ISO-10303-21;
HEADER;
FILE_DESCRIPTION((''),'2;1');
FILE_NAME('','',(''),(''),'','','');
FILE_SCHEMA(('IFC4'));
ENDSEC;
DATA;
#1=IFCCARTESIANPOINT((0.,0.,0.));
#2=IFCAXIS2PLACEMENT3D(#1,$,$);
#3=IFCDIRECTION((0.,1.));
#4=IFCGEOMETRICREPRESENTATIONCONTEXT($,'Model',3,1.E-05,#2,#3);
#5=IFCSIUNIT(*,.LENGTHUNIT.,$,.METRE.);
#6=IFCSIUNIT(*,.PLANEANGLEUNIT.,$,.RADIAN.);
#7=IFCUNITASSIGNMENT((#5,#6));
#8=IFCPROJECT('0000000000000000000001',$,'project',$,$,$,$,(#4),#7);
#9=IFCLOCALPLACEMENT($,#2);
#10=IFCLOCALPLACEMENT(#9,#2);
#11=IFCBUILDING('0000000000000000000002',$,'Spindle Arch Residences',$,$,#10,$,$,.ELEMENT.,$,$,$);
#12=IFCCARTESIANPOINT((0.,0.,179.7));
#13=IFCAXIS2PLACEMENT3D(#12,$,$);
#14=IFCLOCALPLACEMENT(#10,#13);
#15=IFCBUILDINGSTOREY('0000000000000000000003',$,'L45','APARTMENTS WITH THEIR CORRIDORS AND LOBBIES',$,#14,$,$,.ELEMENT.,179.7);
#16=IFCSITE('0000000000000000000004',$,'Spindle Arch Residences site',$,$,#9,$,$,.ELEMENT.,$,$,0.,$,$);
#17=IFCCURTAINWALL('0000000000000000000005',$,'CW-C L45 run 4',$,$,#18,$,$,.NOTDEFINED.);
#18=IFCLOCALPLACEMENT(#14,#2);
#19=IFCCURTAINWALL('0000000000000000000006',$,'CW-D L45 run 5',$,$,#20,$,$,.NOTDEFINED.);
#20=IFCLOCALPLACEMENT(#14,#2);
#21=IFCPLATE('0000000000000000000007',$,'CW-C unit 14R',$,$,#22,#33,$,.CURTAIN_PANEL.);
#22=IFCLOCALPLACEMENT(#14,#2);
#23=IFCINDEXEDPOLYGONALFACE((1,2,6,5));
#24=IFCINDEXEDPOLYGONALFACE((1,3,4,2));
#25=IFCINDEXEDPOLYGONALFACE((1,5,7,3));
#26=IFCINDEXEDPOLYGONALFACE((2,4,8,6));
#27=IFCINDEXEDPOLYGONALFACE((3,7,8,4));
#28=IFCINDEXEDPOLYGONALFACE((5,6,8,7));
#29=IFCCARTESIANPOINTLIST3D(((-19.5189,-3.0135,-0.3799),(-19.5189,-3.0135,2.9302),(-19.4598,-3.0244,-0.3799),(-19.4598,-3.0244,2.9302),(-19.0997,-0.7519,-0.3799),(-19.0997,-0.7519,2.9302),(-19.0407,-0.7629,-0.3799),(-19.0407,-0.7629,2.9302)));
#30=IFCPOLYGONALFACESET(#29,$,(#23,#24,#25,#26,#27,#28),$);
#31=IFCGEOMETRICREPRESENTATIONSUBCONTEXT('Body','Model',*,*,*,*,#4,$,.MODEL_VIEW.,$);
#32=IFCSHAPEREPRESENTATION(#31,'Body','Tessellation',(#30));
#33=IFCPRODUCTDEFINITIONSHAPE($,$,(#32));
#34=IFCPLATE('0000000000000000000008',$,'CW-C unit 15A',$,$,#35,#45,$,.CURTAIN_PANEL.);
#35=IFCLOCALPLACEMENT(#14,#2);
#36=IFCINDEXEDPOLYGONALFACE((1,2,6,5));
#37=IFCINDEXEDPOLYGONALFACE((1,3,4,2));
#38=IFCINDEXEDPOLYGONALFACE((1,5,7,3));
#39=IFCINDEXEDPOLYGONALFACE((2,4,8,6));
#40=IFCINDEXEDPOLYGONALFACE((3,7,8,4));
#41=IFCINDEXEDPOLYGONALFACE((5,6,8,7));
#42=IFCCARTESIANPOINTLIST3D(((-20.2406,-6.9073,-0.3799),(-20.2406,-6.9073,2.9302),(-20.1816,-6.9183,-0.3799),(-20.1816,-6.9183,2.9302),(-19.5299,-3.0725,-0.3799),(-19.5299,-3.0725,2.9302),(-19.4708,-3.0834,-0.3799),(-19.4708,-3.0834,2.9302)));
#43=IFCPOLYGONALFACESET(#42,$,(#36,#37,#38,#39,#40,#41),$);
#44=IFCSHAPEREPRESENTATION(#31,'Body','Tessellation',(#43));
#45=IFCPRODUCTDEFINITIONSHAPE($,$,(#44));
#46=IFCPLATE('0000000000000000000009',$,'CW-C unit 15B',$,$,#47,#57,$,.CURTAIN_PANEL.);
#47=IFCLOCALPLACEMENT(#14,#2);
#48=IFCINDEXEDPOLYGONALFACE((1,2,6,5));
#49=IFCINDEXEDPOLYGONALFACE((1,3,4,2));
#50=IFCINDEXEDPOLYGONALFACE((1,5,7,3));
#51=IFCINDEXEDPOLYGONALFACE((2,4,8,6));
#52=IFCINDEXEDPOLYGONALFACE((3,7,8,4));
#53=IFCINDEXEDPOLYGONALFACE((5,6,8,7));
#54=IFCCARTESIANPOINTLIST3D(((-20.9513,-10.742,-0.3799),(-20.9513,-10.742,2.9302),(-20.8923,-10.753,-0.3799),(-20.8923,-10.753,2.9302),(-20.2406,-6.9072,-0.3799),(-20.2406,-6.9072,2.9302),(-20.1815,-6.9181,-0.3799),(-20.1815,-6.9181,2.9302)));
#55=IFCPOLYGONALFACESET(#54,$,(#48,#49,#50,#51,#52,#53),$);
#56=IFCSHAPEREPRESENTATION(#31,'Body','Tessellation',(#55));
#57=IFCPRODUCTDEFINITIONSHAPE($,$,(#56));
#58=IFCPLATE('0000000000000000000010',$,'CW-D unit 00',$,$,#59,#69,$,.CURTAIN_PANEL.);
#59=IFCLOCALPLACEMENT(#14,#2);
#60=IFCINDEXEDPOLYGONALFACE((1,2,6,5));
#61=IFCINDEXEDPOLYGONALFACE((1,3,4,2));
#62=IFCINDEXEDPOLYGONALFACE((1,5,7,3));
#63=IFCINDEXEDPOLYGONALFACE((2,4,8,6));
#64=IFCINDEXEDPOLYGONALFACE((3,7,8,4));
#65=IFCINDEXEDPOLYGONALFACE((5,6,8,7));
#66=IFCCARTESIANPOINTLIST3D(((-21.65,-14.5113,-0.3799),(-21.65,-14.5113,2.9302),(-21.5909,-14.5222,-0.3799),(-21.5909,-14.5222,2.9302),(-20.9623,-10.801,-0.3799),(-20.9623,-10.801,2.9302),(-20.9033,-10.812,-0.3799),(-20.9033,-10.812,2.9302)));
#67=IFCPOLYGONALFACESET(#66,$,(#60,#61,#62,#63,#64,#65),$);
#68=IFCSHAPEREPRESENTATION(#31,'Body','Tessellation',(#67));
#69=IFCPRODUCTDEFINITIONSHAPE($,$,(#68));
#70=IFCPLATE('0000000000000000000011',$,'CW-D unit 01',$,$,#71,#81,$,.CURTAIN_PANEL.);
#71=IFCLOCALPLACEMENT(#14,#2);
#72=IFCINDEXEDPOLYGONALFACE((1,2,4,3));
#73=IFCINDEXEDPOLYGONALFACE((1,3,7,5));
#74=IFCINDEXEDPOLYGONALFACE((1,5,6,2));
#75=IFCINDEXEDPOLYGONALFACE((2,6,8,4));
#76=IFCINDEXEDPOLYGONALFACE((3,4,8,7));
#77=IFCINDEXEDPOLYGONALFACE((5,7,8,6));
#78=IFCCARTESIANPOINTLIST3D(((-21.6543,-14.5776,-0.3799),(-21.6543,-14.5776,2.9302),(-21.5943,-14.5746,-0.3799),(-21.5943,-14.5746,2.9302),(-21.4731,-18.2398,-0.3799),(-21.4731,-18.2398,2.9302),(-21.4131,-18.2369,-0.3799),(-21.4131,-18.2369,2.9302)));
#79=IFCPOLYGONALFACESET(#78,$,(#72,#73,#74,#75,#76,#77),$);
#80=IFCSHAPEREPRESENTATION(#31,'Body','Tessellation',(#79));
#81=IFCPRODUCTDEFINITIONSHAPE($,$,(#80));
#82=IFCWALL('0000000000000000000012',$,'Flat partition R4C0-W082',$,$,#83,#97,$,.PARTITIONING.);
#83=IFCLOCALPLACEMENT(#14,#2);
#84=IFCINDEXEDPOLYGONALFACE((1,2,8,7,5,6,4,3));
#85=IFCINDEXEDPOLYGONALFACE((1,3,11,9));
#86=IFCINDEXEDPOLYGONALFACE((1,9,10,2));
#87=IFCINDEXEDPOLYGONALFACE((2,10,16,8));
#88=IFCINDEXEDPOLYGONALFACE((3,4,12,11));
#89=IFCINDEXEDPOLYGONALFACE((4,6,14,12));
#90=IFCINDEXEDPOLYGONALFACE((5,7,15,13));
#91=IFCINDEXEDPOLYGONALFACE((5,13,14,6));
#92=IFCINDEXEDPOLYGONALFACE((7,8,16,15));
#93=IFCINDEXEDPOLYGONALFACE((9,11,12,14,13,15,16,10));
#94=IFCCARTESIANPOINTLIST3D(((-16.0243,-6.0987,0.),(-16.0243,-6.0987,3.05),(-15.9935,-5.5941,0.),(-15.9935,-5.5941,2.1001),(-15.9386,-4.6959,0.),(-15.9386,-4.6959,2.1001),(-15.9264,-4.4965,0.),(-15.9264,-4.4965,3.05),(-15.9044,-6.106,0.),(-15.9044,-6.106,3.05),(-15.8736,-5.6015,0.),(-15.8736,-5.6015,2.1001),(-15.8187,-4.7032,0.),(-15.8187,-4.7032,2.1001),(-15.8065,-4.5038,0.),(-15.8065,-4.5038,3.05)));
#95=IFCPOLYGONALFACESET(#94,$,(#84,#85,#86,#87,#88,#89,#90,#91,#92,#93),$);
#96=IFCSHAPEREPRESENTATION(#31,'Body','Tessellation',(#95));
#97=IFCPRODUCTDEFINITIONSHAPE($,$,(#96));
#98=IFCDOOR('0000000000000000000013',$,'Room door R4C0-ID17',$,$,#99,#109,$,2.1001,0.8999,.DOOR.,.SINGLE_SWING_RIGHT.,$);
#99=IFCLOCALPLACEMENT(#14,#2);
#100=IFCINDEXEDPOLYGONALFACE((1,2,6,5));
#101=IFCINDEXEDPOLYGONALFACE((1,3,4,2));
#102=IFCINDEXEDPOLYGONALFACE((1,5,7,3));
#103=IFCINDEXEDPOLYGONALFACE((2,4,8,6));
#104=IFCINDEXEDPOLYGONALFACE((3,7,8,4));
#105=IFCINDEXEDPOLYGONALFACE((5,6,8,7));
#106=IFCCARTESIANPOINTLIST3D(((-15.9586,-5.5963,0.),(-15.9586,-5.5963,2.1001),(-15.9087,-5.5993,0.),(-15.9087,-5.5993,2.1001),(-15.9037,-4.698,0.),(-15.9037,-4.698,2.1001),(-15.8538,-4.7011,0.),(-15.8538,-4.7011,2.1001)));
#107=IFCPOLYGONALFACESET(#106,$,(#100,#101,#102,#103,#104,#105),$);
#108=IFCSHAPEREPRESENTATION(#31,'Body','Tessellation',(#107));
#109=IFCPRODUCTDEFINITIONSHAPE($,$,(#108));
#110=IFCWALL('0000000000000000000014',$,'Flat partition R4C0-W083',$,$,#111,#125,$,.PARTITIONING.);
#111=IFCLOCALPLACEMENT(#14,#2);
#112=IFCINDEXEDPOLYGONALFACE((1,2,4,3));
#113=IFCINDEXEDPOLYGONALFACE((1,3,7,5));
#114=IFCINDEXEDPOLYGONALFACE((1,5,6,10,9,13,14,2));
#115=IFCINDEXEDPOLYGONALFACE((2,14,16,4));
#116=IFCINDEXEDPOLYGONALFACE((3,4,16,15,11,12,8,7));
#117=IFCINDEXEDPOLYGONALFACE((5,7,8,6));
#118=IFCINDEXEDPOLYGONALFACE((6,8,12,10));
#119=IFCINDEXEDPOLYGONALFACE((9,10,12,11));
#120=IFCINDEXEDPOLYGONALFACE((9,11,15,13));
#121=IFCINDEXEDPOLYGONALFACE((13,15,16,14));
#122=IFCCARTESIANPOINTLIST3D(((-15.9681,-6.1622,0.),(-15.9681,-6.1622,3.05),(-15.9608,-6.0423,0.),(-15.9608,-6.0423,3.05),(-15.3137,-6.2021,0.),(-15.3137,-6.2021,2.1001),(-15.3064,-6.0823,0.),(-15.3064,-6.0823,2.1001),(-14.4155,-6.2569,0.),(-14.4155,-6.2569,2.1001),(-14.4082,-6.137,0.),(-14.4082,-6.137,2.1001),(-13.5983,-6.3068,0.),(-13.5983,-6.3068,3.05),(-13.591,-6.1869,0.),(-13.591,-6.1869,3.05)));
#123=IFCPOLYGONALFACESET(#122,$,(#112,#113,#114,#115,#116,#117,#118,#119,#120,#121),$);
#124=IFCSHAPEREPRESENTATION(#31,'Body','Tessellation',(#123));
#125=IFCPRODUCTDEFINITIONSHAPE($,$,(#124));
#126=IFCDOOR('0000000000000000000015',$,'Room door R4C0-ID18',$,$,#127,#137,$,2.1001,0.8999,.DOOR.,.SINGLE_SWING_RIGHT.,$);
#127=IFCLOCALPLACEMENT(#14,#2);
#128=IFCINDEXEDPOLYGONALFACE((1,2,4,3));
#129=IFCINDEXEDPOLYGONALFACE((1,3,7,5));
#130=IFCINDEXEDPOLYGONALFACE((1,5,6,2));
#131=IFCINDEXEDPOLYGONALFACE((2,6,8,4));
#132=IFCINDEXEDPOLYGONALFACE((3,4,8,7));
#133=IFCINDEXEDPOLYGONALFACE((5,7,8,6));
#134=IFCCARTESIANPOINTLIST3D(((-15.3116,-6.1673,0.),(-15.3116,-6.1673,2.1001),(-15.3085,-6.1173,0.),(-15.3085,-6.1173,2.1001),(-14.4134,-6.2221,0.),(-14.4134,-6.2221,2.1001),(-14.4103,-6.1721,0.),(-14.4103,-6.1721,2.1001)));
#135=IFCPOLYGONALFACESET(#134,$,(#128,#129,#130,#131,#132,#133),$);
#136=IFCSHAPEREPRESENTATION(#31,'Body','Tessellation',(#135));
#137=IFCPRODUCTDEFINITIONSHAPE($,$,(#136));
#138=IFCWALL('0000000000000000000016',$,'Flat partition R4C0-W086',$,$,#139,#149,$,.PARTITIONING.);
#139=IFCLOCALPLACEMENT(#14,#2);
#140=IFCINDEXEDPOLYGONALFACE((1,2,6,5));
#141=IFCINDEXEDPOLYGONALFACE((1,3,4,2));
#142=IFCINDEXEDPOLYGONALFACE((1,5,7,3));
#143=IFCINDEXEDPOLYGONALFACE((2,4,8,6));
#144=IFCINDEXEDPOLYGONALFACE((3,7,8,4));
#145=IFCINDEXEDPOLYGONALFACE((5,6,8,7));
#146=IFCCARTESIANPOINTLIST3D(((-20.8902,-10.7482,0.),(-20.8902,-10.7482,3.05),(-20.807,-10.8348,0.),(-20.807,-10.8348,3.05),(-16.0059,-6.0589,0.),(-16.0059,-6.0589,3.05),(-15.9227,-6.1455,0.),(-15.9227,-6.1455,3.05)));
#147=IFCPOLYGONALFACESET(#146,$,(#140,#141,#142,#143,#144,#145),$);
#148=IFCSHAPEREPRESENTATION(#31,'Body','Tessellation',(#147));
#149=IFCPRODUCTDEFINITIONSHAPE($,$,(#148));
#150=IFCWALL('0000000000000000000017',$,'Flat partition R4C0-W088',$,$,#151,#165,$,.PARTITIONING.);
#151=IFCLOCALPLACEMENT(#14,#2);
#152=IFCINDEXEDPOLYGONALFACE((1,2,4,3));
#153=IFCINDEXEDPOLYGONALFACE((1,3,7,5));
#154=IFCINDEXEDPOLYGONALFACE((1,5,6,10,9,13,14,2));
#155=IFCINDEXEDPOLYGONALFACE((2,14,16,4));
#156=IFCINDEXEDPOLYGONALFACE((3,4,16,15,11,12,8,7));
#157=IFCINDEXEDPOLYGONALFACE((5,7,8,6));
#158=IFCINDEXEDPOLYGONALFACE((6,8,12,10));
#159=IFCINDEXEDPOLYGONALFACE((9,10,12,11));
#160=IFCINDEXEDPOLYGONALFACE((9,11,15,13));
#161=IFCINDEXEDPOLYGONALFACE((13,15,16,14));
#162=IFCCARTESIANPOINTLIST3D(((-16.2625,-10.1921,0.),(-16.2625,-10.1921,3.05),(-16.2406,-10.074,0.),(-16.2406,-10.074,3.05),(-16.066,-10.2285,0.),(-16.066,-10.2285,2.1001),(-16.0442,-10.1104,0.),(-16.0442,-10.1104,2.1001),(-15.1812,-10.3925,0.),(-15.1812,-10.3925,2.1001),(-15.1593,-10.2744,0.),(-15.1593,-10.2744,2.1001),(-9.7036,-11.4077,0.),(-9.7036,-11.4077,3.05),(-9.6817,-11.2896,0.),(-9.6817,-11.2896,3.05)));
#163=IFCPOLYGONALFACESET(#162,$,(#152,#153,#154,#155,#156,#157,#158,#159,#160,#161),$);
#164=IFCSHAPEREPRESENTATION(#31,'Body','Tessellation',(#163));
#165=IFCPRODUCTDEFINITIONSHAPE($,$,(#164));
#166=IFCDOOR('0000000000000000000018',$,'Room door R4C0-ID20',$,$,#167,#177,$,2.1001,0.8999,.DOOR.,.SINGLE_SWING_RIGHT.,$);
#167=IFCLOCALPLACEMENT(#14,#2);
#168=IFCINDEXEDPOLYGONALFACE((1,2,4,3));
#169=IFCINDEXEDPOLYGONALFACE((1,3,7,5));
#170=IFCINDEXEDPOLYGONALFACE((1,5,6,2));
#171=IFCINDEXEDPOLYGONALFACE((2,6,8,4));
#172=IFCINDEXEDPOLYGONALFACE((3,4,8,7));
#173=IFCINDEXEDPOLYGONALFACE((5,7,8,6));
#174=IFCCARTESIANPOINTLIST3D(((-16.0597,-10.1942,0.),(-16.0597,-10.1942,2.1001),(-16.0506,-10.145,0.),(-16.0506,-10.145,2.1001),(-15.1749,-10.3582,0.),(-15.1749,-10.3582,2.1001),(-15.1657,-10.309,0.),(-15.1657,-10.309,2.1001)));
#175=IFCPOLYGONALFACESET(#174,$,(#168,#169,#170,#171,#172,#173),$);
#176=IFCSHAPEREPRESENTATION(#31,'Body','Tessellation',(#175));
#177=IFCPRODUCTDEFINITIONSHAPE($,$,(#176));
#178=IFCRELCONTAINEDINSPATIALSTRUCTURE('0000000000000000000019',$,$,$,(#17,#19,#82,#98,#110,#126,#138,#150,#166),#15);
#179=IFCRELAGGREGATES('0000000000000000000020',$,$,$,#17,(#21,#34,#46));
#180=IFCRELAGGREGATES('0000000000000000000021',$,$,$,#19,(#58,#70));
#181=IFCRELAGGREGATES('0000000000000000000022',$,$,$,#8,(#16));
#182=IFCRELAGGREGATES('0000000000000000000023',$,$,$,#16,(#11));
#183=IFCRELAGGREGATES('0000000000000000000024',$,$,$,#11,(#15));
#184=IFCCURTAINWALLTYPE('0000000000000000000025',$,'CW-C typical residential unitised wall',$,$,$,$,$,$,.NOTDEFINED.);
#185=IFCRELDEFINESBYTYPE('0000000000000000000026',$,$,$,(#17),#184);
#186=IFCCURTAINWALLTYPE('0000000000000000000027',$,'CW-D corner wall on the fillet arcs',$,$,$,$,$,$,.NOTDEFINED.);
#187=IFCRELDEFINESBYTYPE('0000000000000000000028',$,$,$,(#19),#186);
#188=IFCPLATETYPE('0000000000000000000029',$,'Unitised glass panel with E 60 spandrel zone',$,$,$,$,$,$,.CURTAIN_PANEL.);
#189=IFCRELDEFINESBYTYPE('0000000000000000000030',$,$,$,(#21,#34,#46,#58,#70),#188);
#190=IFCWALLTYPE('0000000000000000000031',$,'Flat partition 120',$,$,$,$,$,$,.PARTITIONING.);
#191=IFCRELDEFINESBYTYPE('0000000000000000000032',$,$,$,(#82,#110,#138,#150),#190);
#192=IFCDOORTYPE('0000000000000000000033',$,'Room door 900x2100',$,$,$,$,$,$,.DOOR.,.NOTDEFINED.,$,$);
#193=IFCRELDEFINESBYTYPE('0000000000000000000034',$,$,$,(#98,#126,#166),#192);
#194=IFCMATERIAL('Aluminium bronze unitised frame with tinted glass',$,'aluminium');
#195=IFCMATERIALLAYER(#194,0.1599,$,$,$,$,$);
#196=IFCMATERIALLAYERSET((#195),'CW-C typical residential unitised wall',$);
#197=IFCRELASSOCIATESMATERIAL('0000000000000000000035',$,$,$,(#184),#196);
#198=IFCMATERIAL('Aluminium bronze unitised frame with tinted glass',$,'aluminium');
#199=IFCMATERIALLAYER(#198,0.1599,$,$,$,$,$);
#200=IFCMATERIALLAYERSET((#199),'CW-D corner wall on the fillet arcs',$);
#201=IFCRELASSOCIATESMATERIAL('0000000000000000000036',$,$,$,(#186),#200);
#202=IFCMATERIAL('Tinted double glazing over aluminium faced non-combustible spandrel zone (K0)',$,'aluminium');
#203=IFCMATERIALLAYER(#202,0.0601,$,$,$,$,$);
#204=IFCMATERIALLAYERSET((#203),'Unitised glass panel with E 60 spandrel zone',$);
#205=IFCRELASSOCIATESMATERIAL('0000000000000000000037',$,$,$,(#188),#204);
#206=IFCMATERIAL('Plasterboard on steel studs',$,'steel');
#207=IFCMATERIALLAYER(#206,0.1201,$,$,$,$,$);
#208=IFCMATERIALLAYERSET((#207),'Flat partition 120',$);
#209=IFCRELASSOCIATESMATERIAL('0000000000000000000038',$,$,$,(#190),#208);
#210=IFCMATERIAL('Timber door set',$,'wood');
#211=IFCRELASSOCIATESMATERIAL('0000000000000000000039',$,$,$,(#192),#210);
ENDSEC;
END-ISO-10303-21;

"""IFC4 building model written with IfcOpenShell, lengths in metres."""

from ifc_helpers import new_model, si_unit, direction, frame, frame_2d, origin, origin_2d, place, context, subcontext, project, spatial, rectangle, extrude, material, layer, layer_set, type_object, element, fill, aggregate, save


model = new_model("IFC4")

# Units and contexts
model_context = context("Model", 3, precision=1e-05, world=origin(), true_north=direction((0.0, 1.0)))
body_context = subcontext(model_context, "Body", "Model", "MODEL_VIEW")
ifc_project = project(units=[si_unit("LENGTHUNIT", "METRE"), si_unit("PLANEANGLEUNIT", "RADIAN")], contexts=[model_context])

# Site, building, storey
site_placement = place(None, origin())
site = spatial("IfcSite", under=ifc_project, at=site_placement, Name="Spindle Arch Residences site", CompositionType="ELEMENT", RefElevation=0.0)
building_placement = place(site_placement, origin())
building = spatial("IfcBuilding", under=site, at=building_placement, Name="Spindle Arch Residences", CompositionType="ELEMENT")
storey_placement = place(building_placement, frame((0.0, 0.0, 179.7)))
storey = spatial("IfcBuildingStorey", under=building, at=storey_placement, Name="L45", Description="APARTMENTS WITH THEIR CORRIDORS AND LOBBIES", CompositionType="ELEMENT", Elevation=179.7)

# Curtain wall
ifc_material_1 = material(Name="Aluminium bronze unitised frame with tinted glass", Category="aluminium")
ifc_layer_1 = layer(ifc_material_1, 0.1599)
ifc_layer_set_1 = layer_set([ifc_layer_1], Name="CW-C typical residential unitised wall")
curtain_wall_type_1 = type_object("IfcCurtainWallType", Name="CW-C typical residential unitised wall", PredefinedType="NOTDEFINED", material=ifc_layer_set_1)
curtain_wall_1_placement = place(storey_placement, origin())
curtain_wall_1 = element("IfcCurtainWall", 1, at=curtain_wall_1_placement, inside=storey, type_object=curtain_wall_type_1, Name="CW-C L45 run 4", PredefinedType="NOTDEFINED")

# Curtain wall
ifc_material_2 = material(Name="Aluminium bronze unitised frame with tinted glass", Category="aluminium")
ifc_layer_2 = layer(ifc_material_2, 0.1599)
ifc_layer_set_2 = layer_set([ifc_layer_2], Name="CW-D corner wall on the fillet arcs")
curtain_wall_type_2 = type_object("IfcCurtainWallType", Name="CW-D corner wall on the fillet arcs", PredefinedType="NOTDEFINED", material=ifc_layer_set_2)
curtain_wall_2_placement = place(storey_placement, origin())
curtain_wall_2 = element("IfcCurtainWall", 2, at=curtain_wall_2_placement, inside=storey, type_object=curtain_wall_type_2, Name="CW-D L45 run 5", PredefinedType="NOTDEFINED")

# Plates
ifc_material_3 = material(Name="Tinted double glazing over aluminium faced non-combustible spandrel zone (K0)", Category="aluminium")
ifc_layer_3 = layer(ifc_material_3, 0.0601)
ifc_layer_set_3 = layer_set([ifc_layer_3], Name="Unitised glass panel with E 60 spandrel zone")
plate_type = type_object("IfcPlateType", Name="Unitised glass panel with E 60 spandrel zone", PredefinedType="CURTAIN_PANEL", material=ifc_layer_set_3)
plate_1_placement = place(storey_placement, frame((-19.2798, -1.8882, -0.3799), z_axis=(0.0, 0.0, 1.0), x_axis=(-0.182236, -0.983255, 0.0)))
plate_1 = element("IfcPlate", 3, at=plate_1_placement, type_object=plate_type, Name="CW-C unit 14R", PredefinedType="CURTAIN_PANEL", context=body_context, shape_type="SweptSolid", body=[
    extrude(rectangle(XDim=2.3, YDim=0.0601, at=origin_2d()), origin(), (0.0, 0.0, 1.0), 3.3101),
])
plate_2_placement = place(storey_placement, frame((-19.8557, -4.9954, -0.3799), z_axis=(0.0, 0.0, 1.0), x_axis=(-0.182236, -0.983255, 0.0)))
plate_2 = element("IfcPlate", 4, at=plate_2_placement, type_object=plate_type, Name="CW-C unit 15A", PredefinedType="CURTAIN_PANEL", context=body_context, shape_type="SweptSolid", body=[
    extrude(rectangle(XDim=3.9001, YDim=0.0601, at=origin_2d()), origin(), (0.0, 0.0, 1.0), 3.3101),
])
plate_3_placement = place(storey_placement, frame((-20.5664, -8.8301, -0.3799), z_axis=(0.0, 0.0, 1.0), x_axis=(-0.182236, -0.983255, 0.0)))
plate_3 = element("IfcPlate", 5, at=plate_3_placement, type_object=plate_type, Name="CW-C unit 15B", PredefinedType="CURTAIN_PANEL", context=body_context, shape_type="SweptSolid", body=[
    extrude(rectangle(XDim=3.9001, YDim=0.0601, at=origin_2d()), origin(), (0.0, 0.0, 1.0), 3.3101),
])
aggregate(curtain_wall_1, [plate_1, plate_2, plate_3])
plate_4_placement = place(storey_placement, frame((-21.2766, -12.6616, -0.3799), z_axis=(0.0, 0.0, 1.0), x_axis=(-0.182236, -0.983255, 0.0)))
plate_4 = element("IfcPlate", 6, at=plate_4_placement, type_object=plate_type, Name="CW-D unit 00", PredefinedType="CURTAIN_PANEL", context=body_context, shape_type="SweptSolid", body=[
    extrude(rectangle(XDim=3.7734, YDim=0.0601, at=origin_2d()), origin(), (0.0, 0.0, 1.0), 3.3101),
])
plate_5_placement = place(storey_placement, frame((-21.5337, -16.4072, -0.3799), z_axis=(0.0, 0.0, 1.0), x_axis=(0.049431, -0.998778, 0.0)))
plate_5 = element("IfcPlate", 7, at=plate_5_placement, type_object=plate_type, Name="CW-D unit 01", PredefinedType="CURTAIN_PANEL", context=body_context, shape_type="SweptSolid", body=[
    extrude(rectangle(XDim=3.6667, YDim=0.0601, at=origin_2d()), origin(), (0.0, 0.0, 1.0), 3.3101),
])
aggregate(curtain_wall_2, [plate_4, plate_5])

# Walls, openings, doors
ifc_material_4 = material(Name="Plasterboard on steel studs", Category="steel")
ifc_layer_4 = layer(ifc_material_4, 0.1201)
ifc_layer_set_4 = layer_set([ifc_layer_4], Name="Flat partition 120")
wall_type_1 = type_object("IfcWallType", Name="Flat partition 120", PredefinedType="PARTITIONING", material=ifc_layer_set_4)
wall_1_placement = place(storey_placement, frame((-15.8665, -4.5, 0.0), z_axis=(0.0, 0.0, 1.0), x_axis=(-0.060986, -0.998139, 0.0)))
wall_1 = element("IfcWall", 8, at=wall_1_placement, inside=storey, type_object=wall_type_1, Name="Flat partition R4C0-W082", PredefinedType="PARTITIONING", context=body_context, shape_type="SweptSolid", body=[
    extrude(rectangle(XDim=1.6052, YDim=0.1201, at=frame_2d((0.8027, 0.0))), origin(), (0.0, 0.0, 1.0), 3.05),
])
opening_1_placement = place(wall_1_placement, frame((0.2, 0.0, 0.0)))
opening_1 = element("IfcOpeningElement", 9, at=opening_1_placement, cuts=wall_1, PredefinedType="OPENING", context=body_context, shape_type="SweptSolid", body=[
    extrude(rectangle(XDim=0.8999, YDim=2.1001, at=frame_2d((0.45, 1.05))), frame((0.0, 0.0701, 0.0), z_axis=(0.0, -1.0, 0.0), x_axis=(1.0, 0.0, 0.0)), (0.0, 0.0, 1.0), 0.1401),
])
ifc_material_5 = material(Name="Timber door set", Category="wood")
door_type_1 = type_object("IfcDoorType", Name="Room door 900x2100", OperationType="NOTDEFINED", PredefinedType="DOOR", material=ifc_material_5)
door_1_placement = place(opening_1_placement, origin())
door_1 = element("IfcDoor", 10, at=door_1_placement, inside=storey, type_object=door_type_1, Name="Room door R4C0-ID17", OperationType="SINGLE_SWING_RIGHT", OverallHeight=2.1001, OverallWidth=0.8999, PredefinedType="DOOR", context=body_context, shape_type="SweptSolid", body=[
    extrude(rectangle(XDim=0.8999, YDim=2.1001, at=frame_2d((0.45, 1.05))), frame((0.0, 0.0249, 0.0), z_axis=(0.0, -1.0, 0.0), x_axis=(1.0, 0.0, 0.0)), (0.0, 0.0, 1.0), 0.05),
])
fill(opening_1, door_1)
wall_2_placement = place(storey_placement, frame((-15.9644, -6.1023, 0.0), z_axis=(0.0, 0.0, 1.0), x_axis=(0.998145, -0.060874, 0.0)))
wall_2 = element("IfcWall", 11, at=wall_2_placement, inside=storey, type_object=wall_type_1, Name="Flat partition R4C0-W083", PredefinedType="PARTITIONING", context=body_context, shape_type="SweptSolid", body=[
    extrude(rectangle(XDim=2.3743, YDim=0.1201, at=frame_2d((1.187, 0.0))), origin(), (0.0, 0.0, 1.0), 3.05),
])
opening_2_placement = place(wall_2_placement, frame((0.6555, 0.0, 0.0)))
opening_2 = element("IfcOpeningElement", 12, at=opening_2_placement, cuts=wall_2, PredefinedType="OPENING", context=body_context, shape_type="SweptSolid", body=[
    extrude(rectangle(XDim=0.8999, YDim=2.1001, at=frame_2d((0.45, 1.05))), frame((0.0, 0.0701, 0.0), z_axis=(0.0, -1.0, 0.0), x_axis=(1.0, 0.0, 0.0)), (0.0, 0.0, 1.0), 0.1401),
])
door_2_placement = place(opening_2_placement, origin())
door_2 = element("IfcDoor", 13, at=door_2_placement, inside=storey, type_object=door_type_1, Name="Room door R4C0-ID18", OperationType="SINGLE_SWING_RIGHT", OverallHeight=2.1001, OverallWidth=0.8999, PredefinedType="DOOR", context=body_context, shape_type="SweptSolid", body=[
    extrude(rectangle(XDim=0.8999, YDim=2.1001, at=frame_2d((0.45, 1.05))), frame((0.0, 0.0249, 0.0), z_axis=(0.0, -1.0, 0.0), x_axis=(1.0, 0.0, 0.0)), (0.0, 0.0, 1.0), 0.05),
])
fill(opening_2, door_2)

# Wall
wall_3_placement = place(storey_placement, frame((-20.8486, -10.7915, 0.0), z_axis=(0.0, 0.0, 1.0), x_axis=(0.721365, 0.692555, 0.0)))
element("IfcWall", 14, at=wall_3_placement, inside=storey, type_object=wall_type_1, Name="Flat partition R4C0-W086", PredefinedType="PARTITIONING", context=body_context, shape_type="SweptSolid", body=[
    extrude(rectangle(XDim=6.771, YDim=0.1201, at=frame_2d((3.3855, 0.0))), origin(), (0.0, 0.0, 1.0), 3.05),
])

# Wall, opening, door
wall_4_placement = place(storey_placement, frame((-16.2517, -10.1331, 0.0), z_axis=(0.0, 0.0, 1.0), x_axis=(0.983257, -0.182224, 0.0)))
wall_4 = element("IfcWall", 15, at=wall_4_placement, inside=storey, type_object=wall_type_1, Name="Flat partition R4C0-W088", PredefinedType="PARTITIONING", context=body_context, shape_type="SweptSolid", body=[
    extrude(rectangle(XDim=6.6707, YDim=0.1201, at=frame_2d((3.3354, 0.0))), origin(), (0.0, 0.0, 1.0), 3.05),
])
opening_3_placement = place(wall_4_placement, frame((0.2, 0.0, 0.0)))
opening_3 = element("IfcOpeningElement", 16, at=opening_3_placement, cuts=wall_4, PredefinedType="OPENING", context=body_context, shape_type="SweptSolid", body=[
    extrude(rectangle(XDim=0.8999, YDim=2.1001, at=frame_2d((0.45, 1.05))), frame((0.0, 0.0701, 0.0), z_axis=(0.0, -1.0, 0.0), x_axis=(1.0, 0.0, 0.0)), (0.0, 0.0, 1.0), 0.1401),
])
door_3_placement = place(opening_3_placement, origin())
door_3 = element("IfcDoor", 17, at=door_3_placement, inside=storey, type_object=door_type_1, Name="Room door R4C0-ID20", OperationType="SINGLE_SWING_RIGHT", OverallHeight=2.1001, OverallWidth=0.8999, PredefinedType="DOOR", context=body_context, shape_type="SweptSolid", body=[
    extrude(rectangle(XDim=0.8999, YDim=2.1001, at=frame_2d((0.45, 1.05))), frame((0.0, 0.0249, 0.0), z_axis=(0.0, -1.0, 0.0), x_axis=(1.0, 0.0, 0.0)), (0.0, 0.0, 1.0), 0.05),
])
fill(opening_3, door_3)

save(model, "model.ifc")
